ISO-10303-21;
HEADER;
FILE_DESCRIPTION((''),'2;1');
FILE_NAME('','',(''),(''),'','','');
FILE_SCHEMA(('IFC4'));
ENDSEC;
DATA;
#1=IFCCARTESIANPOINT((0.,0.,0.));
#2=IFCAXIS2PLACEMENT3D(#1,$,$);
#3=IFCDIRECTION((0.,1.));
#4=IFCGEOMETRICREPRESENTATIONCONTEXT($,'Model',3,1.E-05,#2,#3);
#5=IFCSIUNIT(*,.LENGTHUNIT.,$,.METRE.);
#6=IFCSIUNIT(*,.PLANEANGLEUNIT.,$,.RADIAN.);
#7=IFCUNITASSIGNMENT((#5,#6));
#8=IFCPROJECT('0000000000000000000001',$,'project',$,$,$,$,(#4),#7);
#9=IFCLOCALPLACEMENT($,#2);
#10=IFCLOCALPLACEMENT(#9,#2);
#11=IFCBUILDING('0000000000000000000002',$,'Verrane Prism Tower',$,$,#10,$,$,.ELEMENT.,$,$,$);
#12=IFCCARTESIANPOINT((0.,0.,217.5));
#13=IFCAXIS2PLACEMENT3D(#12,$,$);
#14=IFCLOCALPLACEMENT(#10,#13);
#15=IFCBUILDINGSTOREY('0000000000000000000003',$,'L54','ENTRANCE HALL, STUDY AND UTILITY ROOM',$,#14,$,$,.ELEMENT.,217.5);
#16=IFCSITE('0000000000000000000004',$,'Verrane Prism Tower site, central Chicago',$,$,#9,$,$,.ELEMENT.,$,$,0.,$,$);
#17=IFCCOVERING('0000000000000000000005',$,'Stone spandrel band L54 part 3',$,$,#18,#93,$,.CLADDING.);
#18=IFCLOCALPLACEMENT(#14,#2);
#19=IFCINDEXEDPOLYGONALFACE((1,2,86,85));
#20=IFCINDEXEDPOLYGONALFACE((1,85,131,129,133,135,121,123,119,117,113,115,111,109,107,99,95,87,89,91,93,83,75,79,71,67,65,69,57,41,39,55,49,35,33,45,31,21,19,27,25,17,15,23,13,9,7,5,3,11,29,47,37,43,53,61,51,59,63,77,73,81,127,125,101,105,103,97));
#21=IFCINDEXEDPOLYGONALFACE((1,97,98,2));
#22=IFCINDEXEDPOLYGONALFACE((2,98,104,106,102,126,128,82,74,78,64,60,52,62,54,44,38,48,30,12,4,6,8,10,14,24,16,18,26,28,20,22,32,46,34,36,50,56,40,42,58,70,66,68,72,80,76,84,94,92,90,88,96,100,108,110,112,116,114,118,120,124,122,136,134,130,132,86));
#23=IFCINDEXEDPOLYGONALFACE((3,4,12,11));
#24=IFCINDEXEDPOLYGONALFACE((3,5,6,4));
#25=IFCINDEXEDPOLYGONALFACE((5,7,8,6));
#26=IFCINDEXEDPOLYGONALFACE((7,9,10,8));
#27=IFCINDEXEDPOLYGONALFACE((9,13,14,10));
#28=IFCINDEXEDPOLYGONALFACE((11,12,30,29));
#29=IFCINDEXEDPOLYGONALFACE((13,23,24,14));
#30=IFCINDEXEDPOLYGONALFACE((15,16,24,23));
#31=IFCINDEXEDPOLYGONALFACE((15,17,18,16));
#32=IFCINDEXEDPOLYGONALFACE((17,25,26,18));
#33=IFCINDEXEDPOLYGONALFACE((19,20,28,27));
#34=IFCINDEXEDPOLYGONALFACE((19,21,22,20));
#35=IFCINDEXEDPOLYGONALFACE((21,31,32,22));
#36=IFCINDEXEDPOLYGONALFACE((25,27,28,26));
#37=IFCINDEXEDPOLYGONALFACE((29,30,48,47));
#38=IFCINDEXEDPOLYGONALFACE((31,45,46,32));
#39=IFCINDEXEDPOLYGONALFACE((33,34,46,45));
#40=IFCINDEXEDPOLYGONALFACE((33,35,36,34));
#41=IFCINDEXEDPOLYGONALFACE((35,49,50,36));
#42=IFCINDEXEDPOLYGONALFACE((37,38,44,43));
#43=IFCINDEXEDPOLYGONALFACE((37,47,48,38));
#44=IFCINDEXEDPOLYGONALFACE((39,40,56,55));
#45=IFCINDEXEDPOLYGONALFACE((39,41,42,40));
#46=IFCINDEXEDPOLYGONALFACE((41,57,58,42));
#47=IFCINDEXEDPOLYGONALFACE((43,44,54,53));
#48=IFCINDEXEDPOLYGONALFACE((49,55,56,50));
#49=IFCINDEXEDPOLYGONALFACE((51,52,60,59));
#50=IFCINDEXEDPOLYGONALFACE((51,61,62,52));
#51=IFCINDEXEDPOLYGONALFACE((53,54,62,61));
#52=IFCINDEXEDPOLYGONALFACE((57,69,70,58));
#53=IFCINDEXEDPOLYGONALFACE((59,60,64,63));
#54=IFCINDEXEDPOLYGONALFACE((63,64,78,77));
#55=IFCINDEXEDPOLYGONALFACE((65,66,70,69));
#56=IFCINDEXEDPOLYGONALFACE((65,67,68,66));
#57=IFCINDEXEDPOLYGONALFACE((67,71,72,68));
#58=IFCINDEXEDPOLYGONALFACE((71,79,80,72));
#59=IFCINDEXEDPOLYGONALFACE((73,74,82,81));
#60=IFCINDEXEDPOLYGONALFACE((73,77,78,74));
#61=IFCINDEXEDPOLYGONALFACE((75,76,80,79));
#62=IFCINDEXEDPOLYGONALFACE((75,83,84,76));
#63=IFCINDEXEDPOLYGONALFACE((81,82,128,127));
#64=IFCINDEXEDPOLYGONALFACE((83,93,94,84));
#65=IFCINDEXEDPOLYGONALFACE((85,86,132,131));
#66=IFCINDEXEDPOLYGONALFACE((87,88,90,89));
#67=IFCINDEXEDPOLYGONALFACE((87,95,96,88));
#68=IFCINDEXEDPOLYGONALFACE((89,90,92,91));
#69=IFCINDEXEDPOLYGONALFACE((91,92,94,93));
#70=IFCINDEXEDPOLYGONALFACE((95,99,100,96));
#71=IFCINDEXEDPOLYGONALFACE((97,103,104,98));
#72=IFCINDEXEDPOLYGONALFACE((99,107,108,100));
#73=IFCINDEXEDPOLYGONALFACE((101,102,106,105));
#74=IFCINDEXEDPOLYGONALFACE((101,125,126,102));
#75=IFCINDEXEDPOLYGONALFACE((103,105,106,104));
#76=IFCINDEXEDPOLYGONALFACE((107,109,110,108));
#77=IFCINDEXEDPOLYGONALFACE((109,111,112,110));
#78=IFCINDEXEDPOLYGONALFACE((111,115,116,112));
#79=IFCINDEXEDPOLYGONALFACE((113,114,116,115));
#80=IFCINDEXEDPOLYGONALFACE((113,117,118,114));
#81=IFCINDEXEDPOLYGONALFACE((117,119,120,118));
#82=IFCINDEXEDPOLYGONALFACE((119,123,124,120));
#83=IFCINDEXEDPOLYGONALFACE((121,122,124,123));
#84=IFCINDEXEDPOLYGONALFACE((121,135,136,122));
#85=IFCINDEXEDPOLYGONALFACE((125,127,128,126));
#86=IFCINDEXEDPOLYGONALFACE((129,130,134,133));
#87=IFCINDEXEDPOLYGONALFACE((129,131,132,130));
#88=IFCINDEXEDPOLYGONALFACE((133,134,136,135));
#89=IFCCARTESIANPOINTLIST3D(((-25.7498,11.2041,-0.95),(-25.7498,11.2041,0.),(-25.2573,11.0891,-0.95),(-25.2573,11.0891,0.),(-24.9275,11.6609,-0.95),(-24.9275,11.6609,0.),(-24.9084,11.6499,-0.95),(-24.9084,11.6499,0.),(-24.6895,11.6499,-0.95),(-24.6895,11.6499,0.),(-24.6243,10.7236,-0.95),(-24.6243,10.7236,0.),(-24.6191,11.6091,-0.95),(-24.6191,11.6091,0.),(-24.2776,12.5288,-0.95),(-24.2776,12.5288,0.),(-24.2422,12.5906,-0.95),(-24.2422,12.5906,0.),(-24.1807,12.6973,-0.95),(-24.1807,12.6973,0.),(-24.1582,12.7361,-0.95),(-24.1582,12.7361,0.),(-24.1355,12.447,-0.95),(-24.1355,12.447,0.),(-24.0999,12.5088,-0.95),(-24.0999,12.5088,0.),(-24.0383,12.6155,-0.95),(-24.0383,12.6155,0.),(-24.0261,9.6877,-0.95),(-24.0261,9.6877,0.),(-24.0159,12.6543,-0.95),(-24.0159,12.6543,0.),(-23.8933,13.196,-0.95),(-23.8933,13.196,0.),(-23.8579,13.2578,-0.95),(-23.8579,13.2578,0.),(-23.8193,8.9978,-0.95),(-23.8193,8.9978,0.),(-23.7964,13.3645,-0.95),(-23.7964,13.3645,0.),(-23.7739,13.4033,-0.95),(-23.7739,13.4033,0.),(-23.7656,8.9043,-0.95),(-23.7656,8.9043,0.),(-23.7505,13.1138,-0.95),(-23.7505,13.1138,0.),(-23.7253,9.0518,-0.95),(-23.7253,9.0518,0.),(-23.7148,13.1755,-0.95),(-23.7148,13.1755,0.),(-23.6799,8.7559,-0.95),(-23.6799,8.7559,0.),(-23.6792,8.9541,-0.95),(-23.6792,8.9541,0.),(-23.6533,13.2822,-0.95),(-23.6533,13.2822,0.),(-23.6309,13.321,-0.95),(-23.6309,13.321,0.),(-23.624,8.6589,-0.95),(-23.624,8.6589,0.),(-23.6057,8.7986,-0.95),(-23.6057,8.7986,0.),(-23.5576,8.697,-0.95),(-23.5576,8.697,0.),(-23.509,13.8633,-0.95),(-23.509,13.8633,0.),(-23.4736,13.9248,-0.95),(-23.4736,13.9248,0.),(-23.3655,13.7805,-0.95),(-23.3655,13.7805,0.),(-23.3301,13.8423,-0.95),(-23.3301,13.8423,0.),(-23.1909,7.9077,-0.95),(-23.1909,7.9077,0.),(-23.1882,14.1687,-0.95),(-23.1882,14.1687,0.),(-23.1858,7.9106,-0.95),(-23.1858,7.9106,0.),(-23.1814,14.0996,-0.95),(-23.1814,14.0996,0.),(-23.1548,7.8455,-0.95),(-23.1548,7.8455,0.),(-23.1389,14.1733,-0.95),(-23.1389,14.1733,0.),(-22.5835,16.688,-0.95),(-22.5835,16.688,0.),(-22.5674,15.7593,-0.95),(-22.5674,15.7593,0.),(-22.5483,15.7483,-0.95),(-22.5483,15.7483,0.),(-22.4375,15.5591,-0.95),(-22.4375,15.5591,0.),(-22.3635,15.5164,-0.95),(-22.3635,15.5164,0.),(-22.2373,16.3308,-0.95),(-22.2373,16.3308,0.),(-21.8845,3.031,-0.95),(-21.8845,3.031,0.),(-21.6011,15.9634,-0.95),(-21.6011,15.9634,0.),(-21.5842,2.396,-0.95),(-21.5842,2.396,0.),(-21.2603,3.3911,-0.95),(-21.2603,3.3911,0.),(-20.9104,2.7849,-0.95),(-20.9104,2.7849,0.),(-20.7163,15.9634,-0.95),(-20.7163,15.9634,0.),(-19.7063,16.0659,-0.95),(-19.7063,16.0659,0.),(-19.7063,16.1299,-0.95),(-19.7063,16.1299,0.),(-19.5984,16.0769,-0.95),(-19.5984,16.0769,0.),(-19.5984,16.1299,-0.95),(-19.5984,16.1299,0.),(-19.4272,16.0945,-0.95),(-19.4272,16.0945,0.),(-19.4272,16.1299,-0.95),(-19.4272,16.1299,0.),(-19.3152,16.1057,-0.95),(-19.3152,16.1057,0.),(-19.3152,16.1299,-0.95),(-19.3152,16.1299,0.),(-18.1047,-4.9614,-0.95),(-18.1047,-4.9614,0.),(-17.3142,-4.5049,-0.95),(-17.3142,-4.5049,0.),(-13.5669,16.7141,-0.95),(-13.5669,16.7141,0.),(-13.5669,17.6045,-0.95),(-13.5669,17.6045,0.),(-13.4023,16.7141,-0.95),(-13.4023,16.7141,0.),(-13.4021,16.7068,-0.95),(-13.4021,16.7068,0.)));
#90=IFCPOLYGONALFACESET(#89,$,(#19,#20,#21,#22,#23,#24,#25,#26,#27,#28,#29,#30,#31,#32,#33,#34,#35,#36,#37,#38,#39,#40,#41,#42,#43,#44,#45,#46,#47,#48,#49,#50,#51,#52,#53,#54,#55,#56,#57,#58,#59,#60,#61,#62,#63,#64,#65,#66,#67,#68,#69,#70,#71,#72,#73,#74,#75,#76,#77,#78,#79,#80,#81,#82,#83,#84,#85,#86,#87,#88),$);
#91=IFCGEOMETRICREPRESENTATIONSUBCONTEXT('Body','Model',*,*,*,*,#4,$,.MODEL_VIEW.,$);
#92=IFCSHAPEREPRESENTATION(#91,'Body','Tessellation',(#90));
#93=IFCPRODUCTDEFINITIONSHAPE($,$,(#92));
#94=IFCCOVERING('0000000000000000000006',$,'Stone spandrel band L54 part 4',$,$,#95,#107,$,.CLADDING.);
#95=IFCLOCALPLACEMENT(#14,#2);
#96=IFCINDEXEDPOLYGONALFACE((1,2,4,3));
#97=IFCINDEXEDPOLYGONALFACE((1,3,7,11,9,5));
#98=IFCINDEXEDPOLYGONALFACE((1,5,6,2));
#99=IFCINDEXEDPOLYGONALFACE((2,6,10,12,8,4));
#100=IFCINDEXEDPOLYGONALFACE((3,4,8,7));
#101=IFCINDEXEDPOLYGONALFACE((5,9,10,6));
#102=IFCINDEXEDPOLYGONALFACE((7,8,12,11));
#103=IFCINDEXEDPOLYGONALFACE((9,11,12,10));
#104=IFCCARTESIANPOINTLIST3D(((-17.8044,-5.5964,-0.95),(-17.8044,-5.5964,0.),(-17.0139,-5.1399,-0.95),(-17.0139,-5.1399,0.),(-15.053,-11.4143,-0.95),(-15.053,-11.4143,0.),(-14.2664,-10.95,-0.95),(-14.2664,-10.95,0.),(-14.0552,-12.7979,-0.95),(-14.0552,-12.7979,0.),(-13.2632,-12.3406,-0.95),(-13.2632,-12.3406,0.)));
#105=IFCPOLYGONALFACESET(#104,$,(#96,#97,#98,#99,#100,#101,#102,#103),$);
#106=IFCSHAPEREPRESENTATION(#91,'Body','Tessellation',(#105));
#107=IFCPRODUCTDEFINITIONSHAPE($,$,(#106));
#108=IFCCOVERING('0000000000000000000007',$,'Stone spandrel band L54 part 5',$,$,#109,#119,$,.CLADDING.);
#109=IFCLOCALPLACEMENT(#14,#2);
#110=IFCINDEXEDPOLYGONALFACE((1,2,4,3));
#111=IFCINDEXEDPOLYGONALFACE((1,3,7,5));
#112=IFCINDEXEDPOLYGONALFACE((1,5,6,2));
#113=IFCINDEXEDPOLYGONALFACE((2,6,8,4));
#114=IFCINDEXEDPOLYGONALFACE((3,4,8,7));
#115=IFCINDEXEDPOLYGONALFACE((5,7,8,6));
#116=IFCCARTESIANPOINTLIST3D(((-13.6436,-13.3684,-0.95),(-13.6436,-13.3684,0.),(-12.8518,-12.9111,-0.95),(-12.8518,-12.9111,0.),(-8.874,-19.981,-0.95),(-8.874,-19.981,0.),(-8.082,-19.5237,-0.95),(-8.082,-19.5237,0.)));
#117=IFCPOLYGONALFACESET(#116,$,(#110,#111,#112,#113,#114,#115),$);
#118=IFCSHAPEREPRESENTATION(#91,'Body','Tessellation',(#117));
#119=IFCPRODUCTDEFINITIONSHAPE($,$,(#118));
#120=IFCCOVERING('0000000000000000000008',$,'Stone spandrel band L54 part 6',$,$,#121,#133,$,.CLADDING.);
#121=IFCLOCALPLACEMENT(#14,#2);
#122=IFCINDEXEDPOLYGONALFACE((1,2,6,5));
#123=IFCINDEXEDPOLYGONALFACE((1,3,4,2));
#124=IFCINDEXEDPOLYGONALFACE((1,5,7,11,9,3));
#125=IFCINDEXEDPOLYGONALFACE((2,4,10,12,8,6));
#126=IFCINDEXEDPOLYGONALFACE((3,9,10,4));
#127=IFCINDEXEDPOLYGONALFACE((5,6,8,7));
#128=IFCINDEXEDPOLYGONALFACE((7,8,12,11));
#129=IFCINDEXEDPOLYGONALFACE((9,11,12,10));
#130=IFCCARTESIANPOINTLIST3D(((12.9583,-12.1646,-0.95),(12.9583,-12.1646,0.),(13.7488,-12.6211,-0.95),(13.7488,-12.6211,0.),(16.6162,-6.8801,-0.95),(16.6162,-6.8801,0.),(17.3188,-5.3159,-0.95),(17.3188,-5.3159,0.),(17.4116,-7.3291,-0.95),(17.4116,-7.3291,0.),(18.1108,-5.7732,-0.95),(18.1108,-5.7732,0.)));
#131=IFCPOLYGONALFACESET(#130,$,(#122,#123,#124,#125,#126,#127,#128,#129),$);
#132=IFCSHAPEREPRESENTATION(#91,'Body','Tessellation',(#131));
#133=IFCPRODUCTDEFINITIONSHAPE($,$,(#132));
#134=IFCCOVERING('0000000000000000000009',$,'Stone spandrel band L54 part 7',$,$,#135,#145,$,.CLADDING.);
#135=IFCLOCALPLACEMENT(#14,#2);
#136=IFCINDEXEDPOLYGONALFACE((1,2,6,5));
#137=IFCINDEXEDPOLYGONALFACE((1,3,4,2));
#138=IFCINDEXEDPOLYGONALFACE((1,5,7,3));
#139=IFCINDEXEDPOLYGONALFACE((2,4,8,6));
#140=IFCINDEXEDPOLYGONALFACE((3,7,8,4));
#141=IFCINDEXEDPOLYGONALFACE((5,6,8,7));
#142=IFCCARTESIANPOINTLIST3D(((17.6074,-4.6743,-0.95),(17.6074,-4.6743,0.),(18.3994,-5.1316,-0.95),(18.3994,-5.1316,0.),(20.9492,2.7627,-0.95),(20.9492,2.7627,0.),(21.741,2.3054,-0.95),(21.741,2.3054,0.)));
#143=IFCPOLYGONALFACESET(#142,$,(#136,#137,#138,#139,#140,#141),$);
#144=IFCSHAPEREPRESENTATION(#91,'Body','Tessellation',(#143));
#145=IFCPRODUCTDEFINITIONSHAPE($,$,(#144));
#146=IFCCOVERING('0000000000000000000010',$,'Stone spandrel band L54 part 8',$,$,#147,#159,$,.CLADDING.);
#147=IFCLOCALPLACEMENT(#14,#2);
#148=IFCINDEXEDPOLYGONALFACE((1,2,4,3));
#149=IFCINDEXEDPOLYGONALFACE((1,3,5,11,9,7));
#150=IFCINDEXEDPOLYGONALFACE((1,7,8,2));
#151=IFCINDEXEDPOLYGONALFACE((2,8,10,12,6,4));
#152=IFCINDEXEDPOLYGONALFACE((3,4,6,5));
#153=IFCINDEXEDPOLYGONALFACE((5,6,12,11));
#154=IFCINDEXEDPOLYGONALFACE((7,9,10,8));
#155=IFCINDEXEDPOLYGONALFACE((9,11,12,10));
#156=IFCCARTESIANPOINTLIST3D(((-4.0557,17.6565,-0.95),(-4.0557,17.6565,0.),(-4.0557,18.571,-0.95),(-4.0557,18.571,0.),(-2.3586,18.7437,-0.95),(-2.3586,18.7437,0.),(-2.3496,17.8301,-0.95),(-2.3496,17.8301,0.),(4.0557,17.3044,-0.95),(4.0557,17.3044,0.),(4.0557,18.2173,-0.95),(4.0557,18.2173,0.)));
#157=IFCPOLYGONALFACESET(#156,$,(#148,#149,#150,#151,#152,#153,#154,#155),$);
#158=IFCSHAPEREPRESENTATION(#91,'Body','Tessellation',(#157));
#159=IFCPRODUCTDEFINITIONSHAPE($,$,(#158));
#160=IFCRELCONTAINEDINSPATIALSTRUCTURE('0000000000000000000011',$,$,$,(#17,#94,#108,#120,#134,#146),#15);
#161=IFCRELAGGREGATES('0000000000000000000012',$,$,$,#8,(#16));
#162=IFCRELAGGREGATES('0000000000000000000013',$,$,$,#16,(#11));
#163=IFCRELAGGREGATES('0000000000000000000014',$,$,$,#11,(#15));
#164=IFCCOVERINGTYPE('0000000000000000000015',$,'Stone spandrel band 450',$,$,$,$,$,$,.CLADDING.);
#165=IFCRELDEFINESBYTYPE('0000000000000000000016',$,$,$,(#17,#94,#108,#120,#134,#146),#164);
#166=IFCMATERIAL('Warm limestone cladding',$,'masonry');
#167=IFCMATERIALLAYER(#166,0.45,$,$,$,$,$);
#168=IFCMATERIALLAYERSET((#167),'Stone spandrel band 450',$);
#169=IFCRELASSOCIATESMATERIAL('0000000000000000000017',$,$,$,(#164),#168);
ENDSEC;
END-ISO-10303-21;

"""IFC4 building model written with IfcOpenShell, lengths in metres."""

from ifc_helpers import new_model, si_unit, direction, frame, origin, place, context, subcontext, project, spatial, polyline, outline, extrude, material, layer, layer_set, type_object, element, save


model = new_model("IFC4")

# Units and contexts
model_context = context("Model", 3, precision=1e-05, world=origin(), true_north=direction((0.0, 1.0)))
body_context = subcontext(model_context, "Body", "Model", "MODEL_VIEW")
ifc_project = project(units=[si_unit("LENGTHUNIT", "METRE"), si_unit("PLANEANGLEUNIT", "RADIAN")], contexts=[model_context])

# Site, building, storey
site_placement = place(None, origin())
site = spatial("IfcSite", under=ifc_project, at=site_placement, Name="Verrane Prism Tower site, central Chicago", CompositionType="ELEMENT", RefElevation=0.0)
building_placement = place(site_placement, origin())
building = spatial("IfcBuilding", under=site, at=building_placement, Name="Verrane Prism Tower", CompositionType="ELEMENT")
storey_placement = place(building_placement, frame((0.0, 0.0, 217.5)))
storey = spatial("IfcBuildingStorey", under=building, at=storey_placement, Name="L54", Description="ENTRANCE HALL, STUDY AND UTILITY ROOM", CompositionType="ELEMENT", Elevation=217.5)

# Coverings
ifc_material_1 = material(Name="Warm limestone cladding", Category="masonry")
ifc_layer_1 = layer(ifc_material_1, 0.45)
ifc_layer_set_1 = layer_set([ifc_layer_1], Name="Stone spandrel band 450")
covering_type_1 = type_object("IfcCoveringType", Name="Stone spandrel band 450", PredefinedType="CLADDING", material=ifc_layer_set_1)
covering_1_placement = place(storey_placement, frame((0.0, 0.0, -0.95)))
element("IfcCovering", 1, at=covering_1_placement, inside=storey, type_object=covering_type_1, Name="Stone spandrel band L54 part 3", PredefinedType="CLADDING", context=body_context, shape_type="SweptSolid", body=[
    extrude(outline(polyline([(-17.3142, -4.5049), (-23.1548, 7.8455), (-23.1909, 7.9077), (-23.1858, 7.9106), (-23.5576, 8.697), (-23.624, 8.6589), (-23.6799, 8.7559), (-23.6057, 8.7986), (-23.6792, 8.9541), (-23.7656, 8.9043), (-23.8193, 8.9978), (-23.7253, 9.0518), (-24.0261, 9.6877), (-24.6243, 10.7236), (-25.2573, 11.0891), (-24.9275, 11.6609), (-24.9084, 11.6499), (-24.6895, 11.6499), (-24.6191, 11.6091), (-24.1355, 12.447), (-24.2776, 12.5288), (-24.2422, 12.5906), (-24.0999, 12.5088), (-24.0383, 12.6155), (-24.1807, 12.6973), (-24.1582, 12.7361), (-24.0159, 12.6543), (-23.7505, 13.1138), (-23.8933, 13.196), (-23.8579, 13.2578), (-23.7148, 13.1755), (-23.6533, 13.2822), (-23.7964, 13.3645), (-23.7739, 13.4033), (-23.6309, 13.321), (-23.3655, 13.7805), (-23.509, 13.8633), (-23.4736, 13.9248), (-23.3301, 13.8423), (-23.1814, 14.0996), (-23.1882, 14.1687), (-23.1389, 14.1733), (-22.3635, 15.5164), (-22.4375, 15.5591), (-22.5483, 15.7483), (-22.5674, 15.7593), (-22.2373, 16.3308), (-21.6011, 15.9634), (-20.7163, 15.9634), (-19.7063, 16.0659), (-19.7063, 16.1299), (-19.5984, 16.1299), (-19.5984, 16.0769), (-19.4272, 16.0945), (-19.4272, 16.1299), (-19.3152, 16.1299), (-19.3152, 16.1057), (-13.4021, 16.7068), (-13.4023, 16.7141), (-13.5669, 16.7141), (-13.5669, 17.6045), (-22.5835, 16.688), (-25.7498, 11.2041), (-21.8845, 3.031), (-21.2603, 3.3911), (-20.9104, 2.7849), (-21.5842, 2.396), (-18.1047, -4.9614), (-17.3142, -4.5049)])), origin(), (0.0, 0.0, 1.0), 0.95),
])
covering_2_placement = place(storey_placement, frame((0.0, 0.0, -0.95)))
element("IfcCovering", 2, at=covering_2_placement, inside=storey, type_object=covering_type_1, Name="Stone spandrel band L54 part 4", PredefinedType="CLADDING", context=body_context, shape_type="SweptSolid", body=[
    extrude(outline(polyline([(-14.0552, -12.7979), (-13.2632, -12.3406), (-14.2664, -10.95), (-17.0139, -5.1399), (-17.8044, -5.5964), (-15.053, -11.4143), (-14.0552, -12.7979)])), origin(), (0.0, 0.0, 1.0), 0.95),
])
covering_3_placement = place(storey_placement, frame((0.0, 0.0, -0.95)))
element("IfcCovering", 3, at=covering_3_placement, inside=storey, type_object=covering_type_1, Name="Stone spandrel band L54 part 5", PredefinedType="CLADDING", context=body_context, shape_type="SweptSolid", body=[
    extrude(outline(polyline([(-8.082, -19.5237), (-12.8518, -12.9111), (-13.6436, -13.3684), (-8.874, -19.981), (-8.082, -19.5237)])), origin(), (0.0, 0.0, 1.0), 0.95),
])
covering_4_placement = place(storey_placement, frame((0.0, 0.0, -0.95)))
element("IfcCovering", 4, at=covering_4_placement, inside=storey, type_object=covering_type_1, Name="Stone spandrel band L54 part 6", PredefinedType="CLADDING", context=body_context, shape_type="SweptSolid", body=[
    extrude(outline(polyline([(18.1108, -5.7732), (17.3188, -5.3159), (16.6162, -6.8801), (12.9583, -12.1646), (13.7488, -12.6211), (17.4116, -7.3291), (18.1108, -5.7732)])), origin(), (0.0, 0.0, 1.0), 0.95),
])
covering_5_placement = place(storey_placement, frame((0.0, 0.0, -0.95)))
element("IfcCovering", 5, at=covering_5_placement, inside=storey, type_object=covering_type_1, Name="Stone spandrel band L54 part 7", PredefinedType="CLADDING", context=body_context, shape_type="SweptSolid", body=[
    extrude(outline(polyline([(21.741, 2.3054), (20.9492, 2.7627), (17.6074, -4.6743), (18.3994, -5.1316), (21.741, 2.3054)])), origin(), (0.0, 0.0, 1.0), 0.95),
])
covering_6_placement = place(storey_placement, frame((0.0, 0.0, -0.95)))
element("IfcCovering", 6, at=covering_6_placement, inside=storey, type_object=covering_type_1, Name="Stone spandrel band L54 part 8", PredefinedType="CLADDING", context=body_context, shape_type="SweptSolid", body=[
    extrude(outline(polyline([(-4.0557, 18.571), (-4.0557, 17.6565), (-2.3496, 17.8301), (4.0557, 17.3044), (4.0557, 18.2173), (-2.3586, 18.7437), (-4.0557, 18.571)])), origin(), (0.0, 0.0, 1.0), 0.95),
])

save(model, "model.ifc")
